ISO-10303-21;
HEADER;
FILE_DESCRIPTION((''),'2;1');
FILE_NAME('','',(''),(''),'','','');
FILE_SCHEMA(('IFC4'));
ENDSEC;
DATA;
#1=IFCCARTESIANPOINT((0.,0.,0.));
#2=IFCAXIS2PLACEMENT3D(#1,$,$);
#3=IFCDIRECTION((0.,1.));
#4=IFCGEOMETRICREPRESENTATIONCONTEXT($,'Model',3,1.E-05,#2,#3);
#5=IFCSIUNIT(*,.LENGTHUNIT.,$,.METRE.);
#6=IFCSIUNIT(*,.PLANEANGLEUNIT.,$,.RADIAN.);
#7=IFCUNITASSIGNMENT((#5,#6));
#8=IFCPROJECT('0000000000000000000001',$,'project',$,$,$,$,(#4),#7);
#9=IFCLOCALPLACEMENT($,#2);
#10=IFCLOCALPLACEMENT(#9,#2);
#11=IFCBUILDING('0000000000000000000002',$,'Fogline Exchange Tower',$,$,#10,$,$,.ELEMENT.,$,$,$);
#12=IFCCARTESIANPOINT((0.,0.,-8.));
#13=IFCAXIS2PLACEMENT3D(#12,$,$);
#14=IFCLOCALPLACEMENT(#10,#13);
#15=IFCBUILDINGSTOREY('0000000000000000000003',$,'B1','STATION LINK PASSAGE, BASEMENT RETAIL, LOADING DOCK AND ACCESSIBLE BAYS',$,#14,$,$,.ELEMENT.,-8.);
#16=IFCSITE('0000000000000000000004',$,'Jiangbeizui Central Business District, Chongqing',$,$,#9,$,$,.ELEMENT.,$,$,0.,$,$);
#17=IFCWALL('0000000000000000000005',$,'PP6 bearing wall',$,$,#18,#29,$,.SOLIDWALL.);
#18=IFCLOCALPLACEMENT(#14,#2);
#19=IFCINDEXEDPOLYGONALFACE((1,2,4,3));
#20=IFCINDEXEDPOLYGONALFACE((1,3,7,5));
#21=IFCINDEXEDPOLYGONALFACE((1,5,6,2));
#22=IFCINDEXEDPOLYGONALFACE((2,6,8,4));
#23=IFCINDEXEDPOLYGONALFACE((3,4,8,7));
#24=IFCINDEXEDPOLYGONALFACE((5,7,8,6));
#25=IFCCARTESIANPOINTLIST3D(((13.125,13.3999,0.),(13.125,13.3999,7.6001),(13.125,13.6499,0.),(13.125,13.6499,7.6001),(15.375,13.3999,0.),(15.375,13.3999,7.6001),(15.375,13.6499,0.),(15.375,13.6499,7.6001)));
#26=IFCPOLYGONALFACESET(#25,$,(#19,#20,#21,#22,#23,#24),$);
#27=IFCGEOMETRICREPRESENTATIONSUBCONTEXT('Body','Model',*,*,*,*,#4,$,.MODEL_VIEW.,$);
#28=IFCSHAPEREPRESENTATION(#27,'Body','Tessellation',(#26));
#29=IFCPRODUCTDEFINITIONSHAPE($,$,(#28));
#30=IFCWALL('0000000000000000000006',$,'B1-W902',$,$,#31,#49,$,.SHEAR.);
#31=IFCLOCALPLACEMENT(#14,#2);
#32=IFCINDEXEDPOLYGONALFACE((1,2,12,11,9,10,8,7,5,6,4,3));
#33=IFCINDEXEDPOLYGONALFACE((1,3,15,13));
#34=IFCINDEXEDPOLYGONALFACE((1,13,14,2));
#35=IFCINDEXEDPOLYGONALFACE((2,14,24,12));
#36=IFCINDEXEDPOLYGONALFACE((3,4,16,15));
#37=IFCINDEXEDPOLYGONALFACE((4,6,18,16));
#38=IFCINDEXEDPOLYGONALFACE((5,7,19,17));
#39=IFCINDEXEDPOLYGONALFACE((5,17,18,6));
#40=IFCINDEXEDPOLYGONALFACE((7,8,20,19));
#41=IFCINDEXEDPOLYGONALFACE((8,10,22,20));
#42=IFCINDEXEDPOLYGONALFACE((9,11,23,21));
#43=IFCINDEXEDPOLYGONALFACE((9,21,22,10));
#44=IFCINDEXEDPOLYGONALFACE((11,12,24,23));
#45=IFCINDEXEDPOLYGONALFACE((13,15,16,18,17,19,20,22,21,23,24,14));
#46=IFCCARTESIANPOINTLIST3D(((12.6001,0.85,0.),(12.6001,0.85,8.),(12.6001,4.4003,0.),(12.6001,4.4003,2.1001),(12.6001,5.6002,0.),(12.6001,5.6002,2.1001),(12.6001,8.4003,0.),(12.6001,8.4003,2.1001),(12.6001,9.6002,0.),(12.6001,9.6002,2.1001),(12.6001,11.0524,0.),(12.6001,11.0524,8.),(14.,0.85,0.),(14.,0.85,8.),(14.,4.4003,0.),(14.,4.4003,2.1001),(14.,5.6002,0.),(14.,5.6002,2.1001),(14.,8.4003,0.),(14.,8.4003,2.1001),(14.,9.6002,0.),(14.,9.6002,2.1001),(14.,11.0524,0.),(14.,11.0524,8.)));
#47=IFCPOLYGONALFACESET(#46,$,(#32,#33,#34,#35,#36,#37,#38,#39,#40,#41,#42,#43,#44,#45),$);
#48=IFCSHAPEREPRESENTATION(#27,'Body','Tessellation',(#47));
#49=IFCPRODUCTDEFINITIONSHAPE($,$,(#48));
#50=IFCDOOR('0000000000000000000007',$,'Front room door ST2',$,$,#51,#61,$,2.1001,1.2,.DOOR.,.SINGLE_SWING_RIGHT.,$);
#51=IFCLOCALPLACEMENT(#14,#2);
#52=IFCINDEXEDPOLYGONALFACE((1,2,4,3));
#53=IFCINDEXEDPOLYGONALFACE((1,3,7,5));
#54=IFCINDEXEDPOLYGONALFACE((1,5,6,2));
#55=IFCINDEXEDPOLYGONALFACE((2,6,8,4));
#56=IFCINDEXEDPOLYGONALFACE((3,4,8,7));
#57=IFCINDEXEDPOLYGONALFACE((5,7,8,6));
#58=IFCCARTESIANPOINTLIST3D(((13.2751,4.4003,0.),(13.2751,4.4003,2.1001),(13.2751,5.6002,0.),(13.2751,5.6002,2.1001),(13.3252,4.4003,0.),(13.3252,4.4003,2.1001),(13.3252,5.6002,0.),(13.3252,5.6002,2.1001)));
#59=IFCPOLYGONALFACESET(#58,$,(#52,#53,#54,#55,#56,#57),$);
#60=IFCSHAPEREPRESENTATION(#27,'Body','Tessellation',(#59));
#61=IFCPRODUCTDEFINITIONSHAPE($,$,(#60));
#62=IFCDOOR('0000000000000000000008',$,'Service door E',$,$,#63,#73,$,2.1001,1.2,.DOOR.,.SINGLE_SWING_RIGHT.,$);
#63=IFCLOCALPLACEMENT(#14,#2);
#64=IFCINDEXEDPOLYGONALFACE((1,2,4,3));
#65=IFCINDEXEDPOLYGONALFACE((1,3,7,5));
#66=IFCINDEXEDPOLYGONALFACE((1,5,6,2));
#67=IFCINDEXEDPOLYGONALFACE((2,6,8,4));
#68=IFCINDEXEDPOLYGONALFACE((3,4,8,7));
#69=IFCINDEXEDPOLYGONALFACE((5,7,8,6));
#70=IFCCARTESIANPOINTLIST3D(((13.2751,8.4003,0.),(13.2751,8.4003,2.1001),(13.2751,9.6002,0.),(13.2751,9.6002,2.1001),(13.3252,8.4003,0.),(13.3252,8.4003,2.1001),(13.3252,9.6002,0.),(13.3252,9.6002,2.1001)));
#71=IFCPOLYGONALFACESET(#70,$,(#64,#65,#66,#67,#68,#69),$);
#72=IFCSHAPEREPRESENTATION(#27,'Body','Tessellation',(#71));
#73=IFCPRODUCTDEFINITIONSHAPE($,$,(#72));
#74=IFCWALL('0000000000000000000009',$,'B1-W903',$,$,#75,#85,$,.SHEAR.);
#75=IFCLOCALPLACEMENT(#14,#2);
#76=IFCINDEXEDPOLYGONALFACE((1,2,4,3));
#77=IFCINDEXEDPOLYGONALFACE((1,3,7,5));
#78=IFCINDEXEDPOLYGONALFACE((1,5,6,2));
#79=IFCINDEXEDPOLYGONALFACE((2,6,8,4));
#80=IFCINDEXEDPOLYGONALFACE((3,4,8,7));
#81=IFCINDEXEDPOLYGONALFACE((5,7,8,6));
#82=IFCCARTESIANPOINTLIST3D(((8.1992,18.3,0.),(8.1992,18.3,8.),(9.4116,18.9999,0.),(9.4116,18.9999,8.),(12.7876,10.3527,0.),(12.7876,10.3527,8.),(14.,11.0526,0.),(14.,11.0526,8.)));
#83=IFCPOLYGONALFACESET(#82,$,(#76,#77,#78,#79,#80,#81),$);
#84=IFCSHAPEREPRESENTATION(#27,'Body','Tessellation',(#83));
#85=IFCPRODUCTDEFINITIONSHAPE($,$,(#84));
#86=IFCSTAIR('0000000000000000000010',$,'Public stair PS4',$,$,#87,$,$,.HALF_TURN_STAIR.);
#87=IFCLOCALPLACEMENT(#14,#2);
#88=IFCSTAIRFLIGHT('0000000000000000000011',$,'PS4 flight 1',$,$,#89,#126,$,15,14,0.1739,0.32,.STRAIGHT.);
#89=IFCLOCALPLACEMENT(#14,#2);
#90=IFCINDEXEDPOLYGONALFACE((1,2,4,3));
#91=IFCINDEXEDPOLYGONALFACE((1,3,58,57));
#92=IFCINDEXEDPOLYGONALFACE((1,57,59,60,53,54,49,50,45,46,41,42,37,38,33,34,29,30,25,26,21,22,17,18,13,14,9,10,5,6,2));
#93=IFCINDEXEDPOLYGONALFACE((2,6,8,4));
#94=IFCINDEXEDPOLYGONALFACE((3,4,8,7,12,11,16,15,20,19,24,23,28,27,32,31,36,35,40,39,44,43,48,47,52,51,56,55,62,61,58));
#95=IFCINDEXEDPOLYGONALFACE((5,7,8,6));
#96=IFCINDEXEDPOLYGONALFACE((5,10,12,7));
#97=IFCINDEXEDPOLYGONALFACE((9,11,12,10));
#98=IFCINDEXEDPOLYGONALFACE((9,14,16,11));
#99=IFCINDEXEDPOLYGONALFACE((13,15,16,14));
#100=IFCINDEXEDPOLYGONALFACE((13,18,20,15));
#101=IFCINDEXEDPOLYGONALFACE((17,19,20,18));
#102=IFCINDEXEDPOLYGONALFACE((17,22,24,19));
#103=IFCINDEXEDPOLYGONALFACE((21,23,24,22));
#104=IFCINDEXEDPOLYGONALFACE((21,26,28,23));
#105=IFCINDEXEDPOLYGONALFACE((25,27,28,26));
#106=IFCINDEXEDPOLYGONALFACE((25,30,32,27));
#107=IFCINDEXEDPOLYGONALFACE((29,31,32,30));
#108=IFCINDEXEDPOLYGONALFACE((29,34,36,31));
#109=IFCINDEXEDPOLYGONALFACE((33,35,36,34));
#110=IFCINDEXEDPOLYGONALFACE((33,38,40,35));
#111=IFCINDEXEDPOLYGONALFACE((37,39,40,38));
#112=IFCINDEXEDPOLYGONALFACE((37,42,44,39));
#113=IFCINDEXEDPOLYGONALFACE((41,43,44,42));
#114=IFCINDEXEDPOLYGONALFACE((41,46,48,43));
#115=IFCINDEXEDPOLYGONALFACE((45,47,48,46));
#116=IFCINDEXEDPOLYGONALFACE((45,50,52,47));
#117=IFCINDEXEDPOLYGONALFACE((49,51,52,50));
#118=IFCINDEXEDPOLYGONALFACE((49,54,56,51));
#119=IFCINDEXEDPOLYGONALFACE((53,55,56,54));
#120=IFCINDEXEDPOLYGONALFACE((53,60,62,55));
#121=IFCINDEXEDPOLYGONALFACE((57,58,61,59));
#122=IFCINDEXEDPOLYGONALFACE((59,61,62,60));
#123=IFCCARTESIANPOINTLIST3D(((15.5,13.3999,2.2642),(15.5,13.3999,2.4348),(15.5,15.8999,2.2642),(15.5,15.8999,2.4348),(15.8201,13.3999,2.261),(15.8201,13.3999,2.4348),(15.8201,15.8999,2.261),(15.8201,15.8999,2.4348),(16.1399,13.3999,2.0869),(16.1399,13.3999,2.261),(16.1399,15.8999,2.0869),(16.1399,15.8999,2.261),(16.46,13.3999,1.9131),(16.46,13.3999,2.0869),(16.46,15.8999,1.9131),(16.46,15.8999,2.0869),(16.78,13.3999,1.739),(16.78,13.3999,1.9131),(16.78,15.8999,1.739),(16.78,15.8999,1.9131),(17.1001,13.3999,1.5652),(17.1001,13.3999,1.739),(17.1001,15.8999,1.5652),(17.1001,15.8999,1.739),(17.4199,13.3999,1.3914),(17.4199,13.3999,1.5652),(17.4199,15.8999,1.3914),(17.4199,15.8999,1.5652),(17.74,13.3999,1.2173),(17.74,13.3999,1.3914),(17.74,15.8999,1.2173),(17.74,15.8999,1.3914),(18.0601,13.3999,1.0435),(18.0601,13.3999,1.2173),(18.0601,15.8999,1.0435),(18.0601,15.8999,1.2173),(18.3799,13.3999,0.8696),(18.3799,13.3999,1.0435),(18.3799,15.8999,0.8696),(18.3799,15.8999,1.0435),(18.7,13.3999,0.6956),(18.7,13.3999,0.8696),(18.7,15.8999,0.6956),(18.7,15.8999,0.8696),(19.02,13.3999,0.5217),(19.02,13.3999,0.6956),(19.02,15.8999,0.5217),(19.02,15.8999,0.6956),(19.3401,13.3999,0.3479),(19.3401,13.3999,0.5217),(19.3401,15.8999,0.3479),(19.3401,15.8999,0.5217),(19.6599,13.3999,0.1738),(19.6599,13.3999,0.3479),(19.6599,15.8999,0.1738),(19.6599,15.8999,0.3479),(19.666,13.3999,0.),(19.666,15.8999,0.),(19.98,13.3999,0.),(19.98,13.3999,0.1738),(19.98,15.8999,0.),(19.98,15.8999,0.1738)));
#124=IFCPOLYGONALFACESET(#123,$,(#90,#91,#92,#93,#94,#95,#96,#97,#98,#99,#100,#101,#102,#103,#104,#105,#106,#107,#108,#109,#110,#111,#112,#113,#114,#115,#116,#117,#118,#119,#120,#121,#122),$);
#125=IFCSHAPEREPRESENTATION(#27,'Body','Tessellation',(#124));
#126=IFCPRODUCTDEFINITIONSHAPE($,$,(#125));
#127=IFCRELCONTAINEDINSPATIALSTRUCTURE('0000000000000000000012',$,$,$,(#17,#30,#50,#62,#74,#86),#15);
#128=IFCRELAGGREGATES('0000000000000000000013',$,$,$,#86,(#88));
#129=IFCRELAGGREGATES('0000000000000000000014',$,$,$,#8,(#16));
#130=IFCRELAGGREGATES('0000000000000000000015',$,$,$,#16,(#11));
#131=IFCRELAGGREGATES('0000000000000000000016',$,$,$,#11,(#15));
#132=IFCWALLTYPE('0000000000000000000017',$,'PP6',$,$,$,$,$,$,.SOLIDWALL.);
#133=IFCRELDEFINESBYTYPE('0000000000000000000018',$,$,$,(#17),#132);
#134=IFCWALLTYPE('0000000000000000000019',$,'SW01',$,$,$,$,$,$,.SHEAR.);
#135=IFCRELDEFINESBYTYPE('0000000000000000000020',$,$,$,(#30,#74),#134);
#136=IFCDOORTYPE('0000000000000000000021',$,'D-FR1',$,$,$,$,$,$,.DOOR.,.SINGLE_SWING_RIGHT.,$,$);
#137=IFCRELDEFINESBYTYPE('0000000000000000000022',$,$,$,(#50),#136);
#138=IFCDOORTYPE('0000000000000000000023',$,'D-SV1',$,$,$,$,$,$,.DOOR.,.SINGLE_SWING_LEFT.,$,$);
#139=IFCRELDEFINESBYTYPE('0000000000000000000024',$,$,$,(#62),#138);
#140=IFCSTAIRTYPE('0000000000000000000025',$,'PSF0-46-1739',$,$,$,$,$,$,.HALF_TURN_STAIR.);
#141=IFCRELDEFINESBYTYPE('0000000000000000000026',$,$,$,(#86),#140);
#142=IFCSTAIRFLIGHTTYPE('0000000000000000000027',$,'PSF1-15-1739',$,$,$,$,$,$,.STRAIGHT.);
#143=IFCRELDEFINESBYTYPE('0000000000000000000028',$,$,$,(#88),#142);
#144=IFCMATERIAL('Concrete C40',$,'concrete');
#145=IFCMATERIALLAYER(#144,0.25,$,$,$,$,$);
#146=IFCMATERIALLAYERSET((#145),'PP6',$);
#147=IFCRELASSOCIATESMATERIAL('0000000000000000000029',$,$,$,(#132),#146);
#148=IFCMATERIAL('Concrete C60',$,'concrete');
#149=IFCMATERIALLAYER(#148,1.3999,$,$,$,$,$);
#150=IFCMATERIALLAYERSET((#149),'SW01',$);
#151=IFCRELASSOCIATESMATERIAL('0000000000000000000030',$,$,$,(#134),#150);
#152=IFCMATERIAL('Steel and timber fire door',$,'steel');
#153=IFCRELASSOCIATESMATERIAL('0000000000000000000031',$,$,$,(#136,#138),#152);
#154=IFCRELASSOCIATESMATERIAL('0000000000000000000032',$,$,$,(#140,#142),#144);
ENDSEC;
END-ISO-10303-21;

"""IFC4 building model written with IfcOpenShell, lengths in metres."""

from ifc_helpers import new_model, si_unit, direction, frame, frame_2d, origin, place, context, subcontext, project, spatial, polyline, rectangle, outline, extrude, material, layer, layer_set, type_object, element, fill, aggregate, save


model = new_model("IFC4")

# Units and contexts
model_context = context("Model", 3, precision=1e-05, world=origin(), true_north=direction((0.0, 1.0)))
body_context = subcontext(model_context, "Body", "Model", "MODEL_VIEW")
ifc_project = project(units=[si_unit("LENGTHUNIT", "METRE"), si_unit("PLANEANGLEUNIT", "RADIAN")], contexts=[model_context])

# Site, building, storey
site_placement = place(None, origin())
site = spatial("IfcSite", under=ifc_project, at=site_placement, Name="Jiangbeizui Central Business District, Chongqing", CompositionType="ELEMENT", RefElevation=0.0)
building_placement = place(site_placement, origin())
building = spatial("IfcBuilding", under=site, at=building_placement, Name="Fogline Exchange Tower", CompositionType="ELEMENT")
storey_placement = place(building_placement, frame((0.0, 0.0, -8.0)))
storey = spatial("IfcBuildingStorey", under=building, at=storey_placement, Name="B1", Description="STATION LINK PASSAGE, BASEMENT RETAIL, LOADING DOCK AND ACCESSIBLE BAYS", CompositionType="ELEMENT", Elevation=-8.0)

# Shared definitions
ifc_material_1 = material(Name="Concrete C40", Category="concrete")

# Shared definitions
ifc_material_2 = material(Name="Steel and timber fire door", Category="steel")

# Wall
ifc_layer_1 = layer(ifc_material_1, 0.25)
ifc_layer_set_1 = layer_set([ifc_layer_1], Name="PP6")
wall_type_1 = type_object("IfcWallType", Name="PP6", PredefinedType="SOLIDWALL", material=ifc_layer_set_1)
wall_1_placement = place(storey_placement, frame((13.125, 13.5249, 0.0), z_axis=(0.0, 0.0, 1.0), x_axis=(1.0, 0.0, 0.0)))
element("IfcWall", 1, at=wall_1_placement, inside=storey, type_object=wall_type_1, Name="PP6 bearing wall", PredefinedType="SOLIDWALL", context=body_context, shape_type="SweptSolid", body=[
    extrude(rectangle(XDim=2.25, YDim=0.25, at=frame_2d((1.125, 0.0))), origin(), (0.0, 0.0, 1.0), 7.6001),
])

# Wall, openings, doors
ifc_material_3 = material(Name="Concrete C60", Category="concrete")
ifc_layer_2 = layer(ifc_material_3, 1.3999)
ifc_layer_set_2 = layer_set([ifc_layer_2], Name="SW01")
wall_type_2 = type_object("IfcWallType", Name="SW01", PredefinedType="SHEAR", material=ifc_layer_set_2)
wall_2_placement = place(storey_placement, frame((13.3, 0.8501, 0.0), z_axis=(0.0, 0.0, 1.0), x_axis=(0.0, 1.0, 0.0)))
wall_2 = element("IfcWall", 2, at=wall_2_placement, inside=storey, type_object=wall_type_2, Name="B1-W902", PredefinedType="SHEAR", context=body_context, shape_type="SweptSolid", body=[
    extrude(rectangle(XDim=10.2024, YDim=1.3999, at=frame_2d((5.1011, 0.0))), origin(), (0.0, 0.0, 1.0), 8.0),
])
opening_1_placement = place(wall_2_placement, frame((3.55, 0.0, 0.0)))
opening_1 = element("IfcOpeningElement", 3, at=opening_1_placement, cuts=wall_2, PredefinedType="OPENING", context=body_context, shape_type="SweptSolid", body=[
    extrude(rectangle(XDim=1.2, YDim=2.1001, at=frame_2d((0.6001, 1.05))), frame((0.0, 0.71, 0.0), z_axis=(0.0, -1.0, 0.0), x_axis=(1.0, 0.0, 0.0)), (0.0, 0.0, 1.0), 1.4199),
])
opening_2_placement = place(wall_2_placement, frame((7.55, 0.0, 0.0)))
opening_2 = element("IfcOpeningElement", 4, at=opening_2_placement, cuts=wall_2, PredefinedType="OPENING", context=body_context, shape_type="SweptSolid", body=[
    extrude(rectangle(XDim=1.2, YDim=2.1001, at=frame_2d((0.6001, 1.05))), frame((0.0, 0.71, 0.0), z_axis=(0.0, -1.0, 0.0), x_axis=(1.0, 0.0, 0.0)), (0.0, 0.0, 1.0), 1.4199),
])
door_type_1 = type_object("IfcDoorType", Name="D-FR1", OperationType="SINGLE_SWING_RIGHT", PredefinedType="DOOR", material=ifc_material_2)
door_1_placement = place(opening_1_placement, origin())
door_1 = element("IfcDoor", 5, at=door_1_placement, inside=storey, type_object=door_type_1, Name="Front room door ST2", OperationType="SINGLE_SWING_RIGHT", OverallHeight=2.1001, OverallWidth=1.2, PredefinedType="DOOR", context=body_context, shape_type="SweptSolid", body=[
    extrude(rectangle(XDim=1.2, YDim=2.1001, at=frame_2d((0.6001, 1.05))), frame((0.0, 0.0249, 0.0), z_axis=(0.0, -1.0, 0.0), x_axis=(1.0, 0.0, 0.0)), (0.0, 0.0, 1.0), 0.05),
])
fill(opening_1, door_1)
door_type_2 = type_object("IfcDoorType", Name="D-SV1", OperationType="SINGLE_SWING_LEFT", PredefinedType="DOOR", material=ifc_material_2)
door_2_placement = place(opening_2_placement, origin())
door_2 = element("IfcDoor", 6, at=door_2_placement, inside=storey, type_object=door_type_2, Name="Service door E", OperationType="SINGLE_SWING_RIGHT", OverallHeight=2.1001, OverallWidth=1.2, PredefinedType="DOOR", context=body_context, shape_type="SweptSolid", body=[
    extrude(rectangle(XDim=1.2, YDim=2.1001, at=frame_2d((0.6001, 1.05))), frame((0.0, 0.0249, 0.0), z_axis=(0.0, -1.0, 0.0), x_axis=(1.0, 0.0, 0.0)), (0.0, 0.0, 1.0), 0.05),
])
fill(opening_2, door_2)

# Wall
wall_3_placement = place(storey_placement, frame((13.3938, 10.7026, 0.0), z_axis=(0.0, 0.0, 1.0), x_axis=(-0.500002, 0.866024, 0.0)))
element("IfcWall", 7, at=wall_3_placement, inside=storey, type_object=wall_type_2, Name="B1-W903", PredefinedType="SHEAR", context=body_context, shape_type="SweptSolid", body=[
    extrude(rectangle(XDim=9.1768, YDim=1.3999, at=frame_2d((4.5884, 0.0))), origin(), (0.0, 0.0, 1.0), 8.0),
])

# Stair, stair flight
stair_type = type_object("IfcStairType", Name="PSF0-46-1739", PredefinedType="HALF_TURN_STAIR", material=ifc_material_1)
stair_placement = place(storey_placement, origin())
stair = element("IfcStair", 8, at=stair_placement, inside=storey, type_object=stair_type, Name="Public stair PS4", PredefinedType="HALF_TURN_STAIR")
stair_flight_type = type_object("IfcStairFlightType", Name="PSF1-15-1739", PredefinedType="STRAIGHT", material=ifc_material_1)
stair_flight_placement = place(storey_placement, frame((19.98, 14.6499, 0.0), z_axis=(0.0, 0.0, 1.0), x_axis=(-1.0, 0.0, 0.0)))
stair_flight = element("IfcStairFlight", 9, at=stair_flight_placement, type_object=stair_flight_type, Name="PS4 flight 1", NumberOfRisers=15, NumberOfTreads=14, PredefinedType="STRAIGHT", RiserHeight=0.1739, TreadLength=0.32, context=body_context, shape_type="SweptSolid", body=[
    extrude(outline(polyline([(0.0, 0.0), (0.0, 0.1738), (0.3201, 0.1738), (0.3201, 0.3479), (0.6399, 0.3479), (0.6399, 0.5217), (0.96, 0.5217), (0.96, 0.6956), (1.28, 0.6956), (1.28, 0.8696), (1.6001, 0.8696), (1.6001, 1.0435), (1.9199, 1.0435), (1.9199, 1.2173), (2.24, 1.2173), (2.24, 1.3914), (2.5601, 1.3914), (2.5601, 1.5652), (2.8799, 1.5652), (2.8799, 1.739), (3.2, 1.739), (3.2, 1.9131), (3.52, 1.9131), (3.52, 2.0869), (3.8401, 2.0869), (3.8401, 2.261), (4.1599, 2.261), (4.1599, 2.4348), (4.48, 2.4348), (4.48, 2.6086), (4.48, 2.2642), (0.314, 0.0), (0.0, 0.0)])), frame((0.0, 1.25, 0.0), z_axis=(0.0, -1.0, 0.0), x_axis=(1.0, 0.0, 0.0)), (0.0, 0.0, 1.0), 2.5),
])
aggregate(stair, [stair_flight])

save(model, "model.ifc")
